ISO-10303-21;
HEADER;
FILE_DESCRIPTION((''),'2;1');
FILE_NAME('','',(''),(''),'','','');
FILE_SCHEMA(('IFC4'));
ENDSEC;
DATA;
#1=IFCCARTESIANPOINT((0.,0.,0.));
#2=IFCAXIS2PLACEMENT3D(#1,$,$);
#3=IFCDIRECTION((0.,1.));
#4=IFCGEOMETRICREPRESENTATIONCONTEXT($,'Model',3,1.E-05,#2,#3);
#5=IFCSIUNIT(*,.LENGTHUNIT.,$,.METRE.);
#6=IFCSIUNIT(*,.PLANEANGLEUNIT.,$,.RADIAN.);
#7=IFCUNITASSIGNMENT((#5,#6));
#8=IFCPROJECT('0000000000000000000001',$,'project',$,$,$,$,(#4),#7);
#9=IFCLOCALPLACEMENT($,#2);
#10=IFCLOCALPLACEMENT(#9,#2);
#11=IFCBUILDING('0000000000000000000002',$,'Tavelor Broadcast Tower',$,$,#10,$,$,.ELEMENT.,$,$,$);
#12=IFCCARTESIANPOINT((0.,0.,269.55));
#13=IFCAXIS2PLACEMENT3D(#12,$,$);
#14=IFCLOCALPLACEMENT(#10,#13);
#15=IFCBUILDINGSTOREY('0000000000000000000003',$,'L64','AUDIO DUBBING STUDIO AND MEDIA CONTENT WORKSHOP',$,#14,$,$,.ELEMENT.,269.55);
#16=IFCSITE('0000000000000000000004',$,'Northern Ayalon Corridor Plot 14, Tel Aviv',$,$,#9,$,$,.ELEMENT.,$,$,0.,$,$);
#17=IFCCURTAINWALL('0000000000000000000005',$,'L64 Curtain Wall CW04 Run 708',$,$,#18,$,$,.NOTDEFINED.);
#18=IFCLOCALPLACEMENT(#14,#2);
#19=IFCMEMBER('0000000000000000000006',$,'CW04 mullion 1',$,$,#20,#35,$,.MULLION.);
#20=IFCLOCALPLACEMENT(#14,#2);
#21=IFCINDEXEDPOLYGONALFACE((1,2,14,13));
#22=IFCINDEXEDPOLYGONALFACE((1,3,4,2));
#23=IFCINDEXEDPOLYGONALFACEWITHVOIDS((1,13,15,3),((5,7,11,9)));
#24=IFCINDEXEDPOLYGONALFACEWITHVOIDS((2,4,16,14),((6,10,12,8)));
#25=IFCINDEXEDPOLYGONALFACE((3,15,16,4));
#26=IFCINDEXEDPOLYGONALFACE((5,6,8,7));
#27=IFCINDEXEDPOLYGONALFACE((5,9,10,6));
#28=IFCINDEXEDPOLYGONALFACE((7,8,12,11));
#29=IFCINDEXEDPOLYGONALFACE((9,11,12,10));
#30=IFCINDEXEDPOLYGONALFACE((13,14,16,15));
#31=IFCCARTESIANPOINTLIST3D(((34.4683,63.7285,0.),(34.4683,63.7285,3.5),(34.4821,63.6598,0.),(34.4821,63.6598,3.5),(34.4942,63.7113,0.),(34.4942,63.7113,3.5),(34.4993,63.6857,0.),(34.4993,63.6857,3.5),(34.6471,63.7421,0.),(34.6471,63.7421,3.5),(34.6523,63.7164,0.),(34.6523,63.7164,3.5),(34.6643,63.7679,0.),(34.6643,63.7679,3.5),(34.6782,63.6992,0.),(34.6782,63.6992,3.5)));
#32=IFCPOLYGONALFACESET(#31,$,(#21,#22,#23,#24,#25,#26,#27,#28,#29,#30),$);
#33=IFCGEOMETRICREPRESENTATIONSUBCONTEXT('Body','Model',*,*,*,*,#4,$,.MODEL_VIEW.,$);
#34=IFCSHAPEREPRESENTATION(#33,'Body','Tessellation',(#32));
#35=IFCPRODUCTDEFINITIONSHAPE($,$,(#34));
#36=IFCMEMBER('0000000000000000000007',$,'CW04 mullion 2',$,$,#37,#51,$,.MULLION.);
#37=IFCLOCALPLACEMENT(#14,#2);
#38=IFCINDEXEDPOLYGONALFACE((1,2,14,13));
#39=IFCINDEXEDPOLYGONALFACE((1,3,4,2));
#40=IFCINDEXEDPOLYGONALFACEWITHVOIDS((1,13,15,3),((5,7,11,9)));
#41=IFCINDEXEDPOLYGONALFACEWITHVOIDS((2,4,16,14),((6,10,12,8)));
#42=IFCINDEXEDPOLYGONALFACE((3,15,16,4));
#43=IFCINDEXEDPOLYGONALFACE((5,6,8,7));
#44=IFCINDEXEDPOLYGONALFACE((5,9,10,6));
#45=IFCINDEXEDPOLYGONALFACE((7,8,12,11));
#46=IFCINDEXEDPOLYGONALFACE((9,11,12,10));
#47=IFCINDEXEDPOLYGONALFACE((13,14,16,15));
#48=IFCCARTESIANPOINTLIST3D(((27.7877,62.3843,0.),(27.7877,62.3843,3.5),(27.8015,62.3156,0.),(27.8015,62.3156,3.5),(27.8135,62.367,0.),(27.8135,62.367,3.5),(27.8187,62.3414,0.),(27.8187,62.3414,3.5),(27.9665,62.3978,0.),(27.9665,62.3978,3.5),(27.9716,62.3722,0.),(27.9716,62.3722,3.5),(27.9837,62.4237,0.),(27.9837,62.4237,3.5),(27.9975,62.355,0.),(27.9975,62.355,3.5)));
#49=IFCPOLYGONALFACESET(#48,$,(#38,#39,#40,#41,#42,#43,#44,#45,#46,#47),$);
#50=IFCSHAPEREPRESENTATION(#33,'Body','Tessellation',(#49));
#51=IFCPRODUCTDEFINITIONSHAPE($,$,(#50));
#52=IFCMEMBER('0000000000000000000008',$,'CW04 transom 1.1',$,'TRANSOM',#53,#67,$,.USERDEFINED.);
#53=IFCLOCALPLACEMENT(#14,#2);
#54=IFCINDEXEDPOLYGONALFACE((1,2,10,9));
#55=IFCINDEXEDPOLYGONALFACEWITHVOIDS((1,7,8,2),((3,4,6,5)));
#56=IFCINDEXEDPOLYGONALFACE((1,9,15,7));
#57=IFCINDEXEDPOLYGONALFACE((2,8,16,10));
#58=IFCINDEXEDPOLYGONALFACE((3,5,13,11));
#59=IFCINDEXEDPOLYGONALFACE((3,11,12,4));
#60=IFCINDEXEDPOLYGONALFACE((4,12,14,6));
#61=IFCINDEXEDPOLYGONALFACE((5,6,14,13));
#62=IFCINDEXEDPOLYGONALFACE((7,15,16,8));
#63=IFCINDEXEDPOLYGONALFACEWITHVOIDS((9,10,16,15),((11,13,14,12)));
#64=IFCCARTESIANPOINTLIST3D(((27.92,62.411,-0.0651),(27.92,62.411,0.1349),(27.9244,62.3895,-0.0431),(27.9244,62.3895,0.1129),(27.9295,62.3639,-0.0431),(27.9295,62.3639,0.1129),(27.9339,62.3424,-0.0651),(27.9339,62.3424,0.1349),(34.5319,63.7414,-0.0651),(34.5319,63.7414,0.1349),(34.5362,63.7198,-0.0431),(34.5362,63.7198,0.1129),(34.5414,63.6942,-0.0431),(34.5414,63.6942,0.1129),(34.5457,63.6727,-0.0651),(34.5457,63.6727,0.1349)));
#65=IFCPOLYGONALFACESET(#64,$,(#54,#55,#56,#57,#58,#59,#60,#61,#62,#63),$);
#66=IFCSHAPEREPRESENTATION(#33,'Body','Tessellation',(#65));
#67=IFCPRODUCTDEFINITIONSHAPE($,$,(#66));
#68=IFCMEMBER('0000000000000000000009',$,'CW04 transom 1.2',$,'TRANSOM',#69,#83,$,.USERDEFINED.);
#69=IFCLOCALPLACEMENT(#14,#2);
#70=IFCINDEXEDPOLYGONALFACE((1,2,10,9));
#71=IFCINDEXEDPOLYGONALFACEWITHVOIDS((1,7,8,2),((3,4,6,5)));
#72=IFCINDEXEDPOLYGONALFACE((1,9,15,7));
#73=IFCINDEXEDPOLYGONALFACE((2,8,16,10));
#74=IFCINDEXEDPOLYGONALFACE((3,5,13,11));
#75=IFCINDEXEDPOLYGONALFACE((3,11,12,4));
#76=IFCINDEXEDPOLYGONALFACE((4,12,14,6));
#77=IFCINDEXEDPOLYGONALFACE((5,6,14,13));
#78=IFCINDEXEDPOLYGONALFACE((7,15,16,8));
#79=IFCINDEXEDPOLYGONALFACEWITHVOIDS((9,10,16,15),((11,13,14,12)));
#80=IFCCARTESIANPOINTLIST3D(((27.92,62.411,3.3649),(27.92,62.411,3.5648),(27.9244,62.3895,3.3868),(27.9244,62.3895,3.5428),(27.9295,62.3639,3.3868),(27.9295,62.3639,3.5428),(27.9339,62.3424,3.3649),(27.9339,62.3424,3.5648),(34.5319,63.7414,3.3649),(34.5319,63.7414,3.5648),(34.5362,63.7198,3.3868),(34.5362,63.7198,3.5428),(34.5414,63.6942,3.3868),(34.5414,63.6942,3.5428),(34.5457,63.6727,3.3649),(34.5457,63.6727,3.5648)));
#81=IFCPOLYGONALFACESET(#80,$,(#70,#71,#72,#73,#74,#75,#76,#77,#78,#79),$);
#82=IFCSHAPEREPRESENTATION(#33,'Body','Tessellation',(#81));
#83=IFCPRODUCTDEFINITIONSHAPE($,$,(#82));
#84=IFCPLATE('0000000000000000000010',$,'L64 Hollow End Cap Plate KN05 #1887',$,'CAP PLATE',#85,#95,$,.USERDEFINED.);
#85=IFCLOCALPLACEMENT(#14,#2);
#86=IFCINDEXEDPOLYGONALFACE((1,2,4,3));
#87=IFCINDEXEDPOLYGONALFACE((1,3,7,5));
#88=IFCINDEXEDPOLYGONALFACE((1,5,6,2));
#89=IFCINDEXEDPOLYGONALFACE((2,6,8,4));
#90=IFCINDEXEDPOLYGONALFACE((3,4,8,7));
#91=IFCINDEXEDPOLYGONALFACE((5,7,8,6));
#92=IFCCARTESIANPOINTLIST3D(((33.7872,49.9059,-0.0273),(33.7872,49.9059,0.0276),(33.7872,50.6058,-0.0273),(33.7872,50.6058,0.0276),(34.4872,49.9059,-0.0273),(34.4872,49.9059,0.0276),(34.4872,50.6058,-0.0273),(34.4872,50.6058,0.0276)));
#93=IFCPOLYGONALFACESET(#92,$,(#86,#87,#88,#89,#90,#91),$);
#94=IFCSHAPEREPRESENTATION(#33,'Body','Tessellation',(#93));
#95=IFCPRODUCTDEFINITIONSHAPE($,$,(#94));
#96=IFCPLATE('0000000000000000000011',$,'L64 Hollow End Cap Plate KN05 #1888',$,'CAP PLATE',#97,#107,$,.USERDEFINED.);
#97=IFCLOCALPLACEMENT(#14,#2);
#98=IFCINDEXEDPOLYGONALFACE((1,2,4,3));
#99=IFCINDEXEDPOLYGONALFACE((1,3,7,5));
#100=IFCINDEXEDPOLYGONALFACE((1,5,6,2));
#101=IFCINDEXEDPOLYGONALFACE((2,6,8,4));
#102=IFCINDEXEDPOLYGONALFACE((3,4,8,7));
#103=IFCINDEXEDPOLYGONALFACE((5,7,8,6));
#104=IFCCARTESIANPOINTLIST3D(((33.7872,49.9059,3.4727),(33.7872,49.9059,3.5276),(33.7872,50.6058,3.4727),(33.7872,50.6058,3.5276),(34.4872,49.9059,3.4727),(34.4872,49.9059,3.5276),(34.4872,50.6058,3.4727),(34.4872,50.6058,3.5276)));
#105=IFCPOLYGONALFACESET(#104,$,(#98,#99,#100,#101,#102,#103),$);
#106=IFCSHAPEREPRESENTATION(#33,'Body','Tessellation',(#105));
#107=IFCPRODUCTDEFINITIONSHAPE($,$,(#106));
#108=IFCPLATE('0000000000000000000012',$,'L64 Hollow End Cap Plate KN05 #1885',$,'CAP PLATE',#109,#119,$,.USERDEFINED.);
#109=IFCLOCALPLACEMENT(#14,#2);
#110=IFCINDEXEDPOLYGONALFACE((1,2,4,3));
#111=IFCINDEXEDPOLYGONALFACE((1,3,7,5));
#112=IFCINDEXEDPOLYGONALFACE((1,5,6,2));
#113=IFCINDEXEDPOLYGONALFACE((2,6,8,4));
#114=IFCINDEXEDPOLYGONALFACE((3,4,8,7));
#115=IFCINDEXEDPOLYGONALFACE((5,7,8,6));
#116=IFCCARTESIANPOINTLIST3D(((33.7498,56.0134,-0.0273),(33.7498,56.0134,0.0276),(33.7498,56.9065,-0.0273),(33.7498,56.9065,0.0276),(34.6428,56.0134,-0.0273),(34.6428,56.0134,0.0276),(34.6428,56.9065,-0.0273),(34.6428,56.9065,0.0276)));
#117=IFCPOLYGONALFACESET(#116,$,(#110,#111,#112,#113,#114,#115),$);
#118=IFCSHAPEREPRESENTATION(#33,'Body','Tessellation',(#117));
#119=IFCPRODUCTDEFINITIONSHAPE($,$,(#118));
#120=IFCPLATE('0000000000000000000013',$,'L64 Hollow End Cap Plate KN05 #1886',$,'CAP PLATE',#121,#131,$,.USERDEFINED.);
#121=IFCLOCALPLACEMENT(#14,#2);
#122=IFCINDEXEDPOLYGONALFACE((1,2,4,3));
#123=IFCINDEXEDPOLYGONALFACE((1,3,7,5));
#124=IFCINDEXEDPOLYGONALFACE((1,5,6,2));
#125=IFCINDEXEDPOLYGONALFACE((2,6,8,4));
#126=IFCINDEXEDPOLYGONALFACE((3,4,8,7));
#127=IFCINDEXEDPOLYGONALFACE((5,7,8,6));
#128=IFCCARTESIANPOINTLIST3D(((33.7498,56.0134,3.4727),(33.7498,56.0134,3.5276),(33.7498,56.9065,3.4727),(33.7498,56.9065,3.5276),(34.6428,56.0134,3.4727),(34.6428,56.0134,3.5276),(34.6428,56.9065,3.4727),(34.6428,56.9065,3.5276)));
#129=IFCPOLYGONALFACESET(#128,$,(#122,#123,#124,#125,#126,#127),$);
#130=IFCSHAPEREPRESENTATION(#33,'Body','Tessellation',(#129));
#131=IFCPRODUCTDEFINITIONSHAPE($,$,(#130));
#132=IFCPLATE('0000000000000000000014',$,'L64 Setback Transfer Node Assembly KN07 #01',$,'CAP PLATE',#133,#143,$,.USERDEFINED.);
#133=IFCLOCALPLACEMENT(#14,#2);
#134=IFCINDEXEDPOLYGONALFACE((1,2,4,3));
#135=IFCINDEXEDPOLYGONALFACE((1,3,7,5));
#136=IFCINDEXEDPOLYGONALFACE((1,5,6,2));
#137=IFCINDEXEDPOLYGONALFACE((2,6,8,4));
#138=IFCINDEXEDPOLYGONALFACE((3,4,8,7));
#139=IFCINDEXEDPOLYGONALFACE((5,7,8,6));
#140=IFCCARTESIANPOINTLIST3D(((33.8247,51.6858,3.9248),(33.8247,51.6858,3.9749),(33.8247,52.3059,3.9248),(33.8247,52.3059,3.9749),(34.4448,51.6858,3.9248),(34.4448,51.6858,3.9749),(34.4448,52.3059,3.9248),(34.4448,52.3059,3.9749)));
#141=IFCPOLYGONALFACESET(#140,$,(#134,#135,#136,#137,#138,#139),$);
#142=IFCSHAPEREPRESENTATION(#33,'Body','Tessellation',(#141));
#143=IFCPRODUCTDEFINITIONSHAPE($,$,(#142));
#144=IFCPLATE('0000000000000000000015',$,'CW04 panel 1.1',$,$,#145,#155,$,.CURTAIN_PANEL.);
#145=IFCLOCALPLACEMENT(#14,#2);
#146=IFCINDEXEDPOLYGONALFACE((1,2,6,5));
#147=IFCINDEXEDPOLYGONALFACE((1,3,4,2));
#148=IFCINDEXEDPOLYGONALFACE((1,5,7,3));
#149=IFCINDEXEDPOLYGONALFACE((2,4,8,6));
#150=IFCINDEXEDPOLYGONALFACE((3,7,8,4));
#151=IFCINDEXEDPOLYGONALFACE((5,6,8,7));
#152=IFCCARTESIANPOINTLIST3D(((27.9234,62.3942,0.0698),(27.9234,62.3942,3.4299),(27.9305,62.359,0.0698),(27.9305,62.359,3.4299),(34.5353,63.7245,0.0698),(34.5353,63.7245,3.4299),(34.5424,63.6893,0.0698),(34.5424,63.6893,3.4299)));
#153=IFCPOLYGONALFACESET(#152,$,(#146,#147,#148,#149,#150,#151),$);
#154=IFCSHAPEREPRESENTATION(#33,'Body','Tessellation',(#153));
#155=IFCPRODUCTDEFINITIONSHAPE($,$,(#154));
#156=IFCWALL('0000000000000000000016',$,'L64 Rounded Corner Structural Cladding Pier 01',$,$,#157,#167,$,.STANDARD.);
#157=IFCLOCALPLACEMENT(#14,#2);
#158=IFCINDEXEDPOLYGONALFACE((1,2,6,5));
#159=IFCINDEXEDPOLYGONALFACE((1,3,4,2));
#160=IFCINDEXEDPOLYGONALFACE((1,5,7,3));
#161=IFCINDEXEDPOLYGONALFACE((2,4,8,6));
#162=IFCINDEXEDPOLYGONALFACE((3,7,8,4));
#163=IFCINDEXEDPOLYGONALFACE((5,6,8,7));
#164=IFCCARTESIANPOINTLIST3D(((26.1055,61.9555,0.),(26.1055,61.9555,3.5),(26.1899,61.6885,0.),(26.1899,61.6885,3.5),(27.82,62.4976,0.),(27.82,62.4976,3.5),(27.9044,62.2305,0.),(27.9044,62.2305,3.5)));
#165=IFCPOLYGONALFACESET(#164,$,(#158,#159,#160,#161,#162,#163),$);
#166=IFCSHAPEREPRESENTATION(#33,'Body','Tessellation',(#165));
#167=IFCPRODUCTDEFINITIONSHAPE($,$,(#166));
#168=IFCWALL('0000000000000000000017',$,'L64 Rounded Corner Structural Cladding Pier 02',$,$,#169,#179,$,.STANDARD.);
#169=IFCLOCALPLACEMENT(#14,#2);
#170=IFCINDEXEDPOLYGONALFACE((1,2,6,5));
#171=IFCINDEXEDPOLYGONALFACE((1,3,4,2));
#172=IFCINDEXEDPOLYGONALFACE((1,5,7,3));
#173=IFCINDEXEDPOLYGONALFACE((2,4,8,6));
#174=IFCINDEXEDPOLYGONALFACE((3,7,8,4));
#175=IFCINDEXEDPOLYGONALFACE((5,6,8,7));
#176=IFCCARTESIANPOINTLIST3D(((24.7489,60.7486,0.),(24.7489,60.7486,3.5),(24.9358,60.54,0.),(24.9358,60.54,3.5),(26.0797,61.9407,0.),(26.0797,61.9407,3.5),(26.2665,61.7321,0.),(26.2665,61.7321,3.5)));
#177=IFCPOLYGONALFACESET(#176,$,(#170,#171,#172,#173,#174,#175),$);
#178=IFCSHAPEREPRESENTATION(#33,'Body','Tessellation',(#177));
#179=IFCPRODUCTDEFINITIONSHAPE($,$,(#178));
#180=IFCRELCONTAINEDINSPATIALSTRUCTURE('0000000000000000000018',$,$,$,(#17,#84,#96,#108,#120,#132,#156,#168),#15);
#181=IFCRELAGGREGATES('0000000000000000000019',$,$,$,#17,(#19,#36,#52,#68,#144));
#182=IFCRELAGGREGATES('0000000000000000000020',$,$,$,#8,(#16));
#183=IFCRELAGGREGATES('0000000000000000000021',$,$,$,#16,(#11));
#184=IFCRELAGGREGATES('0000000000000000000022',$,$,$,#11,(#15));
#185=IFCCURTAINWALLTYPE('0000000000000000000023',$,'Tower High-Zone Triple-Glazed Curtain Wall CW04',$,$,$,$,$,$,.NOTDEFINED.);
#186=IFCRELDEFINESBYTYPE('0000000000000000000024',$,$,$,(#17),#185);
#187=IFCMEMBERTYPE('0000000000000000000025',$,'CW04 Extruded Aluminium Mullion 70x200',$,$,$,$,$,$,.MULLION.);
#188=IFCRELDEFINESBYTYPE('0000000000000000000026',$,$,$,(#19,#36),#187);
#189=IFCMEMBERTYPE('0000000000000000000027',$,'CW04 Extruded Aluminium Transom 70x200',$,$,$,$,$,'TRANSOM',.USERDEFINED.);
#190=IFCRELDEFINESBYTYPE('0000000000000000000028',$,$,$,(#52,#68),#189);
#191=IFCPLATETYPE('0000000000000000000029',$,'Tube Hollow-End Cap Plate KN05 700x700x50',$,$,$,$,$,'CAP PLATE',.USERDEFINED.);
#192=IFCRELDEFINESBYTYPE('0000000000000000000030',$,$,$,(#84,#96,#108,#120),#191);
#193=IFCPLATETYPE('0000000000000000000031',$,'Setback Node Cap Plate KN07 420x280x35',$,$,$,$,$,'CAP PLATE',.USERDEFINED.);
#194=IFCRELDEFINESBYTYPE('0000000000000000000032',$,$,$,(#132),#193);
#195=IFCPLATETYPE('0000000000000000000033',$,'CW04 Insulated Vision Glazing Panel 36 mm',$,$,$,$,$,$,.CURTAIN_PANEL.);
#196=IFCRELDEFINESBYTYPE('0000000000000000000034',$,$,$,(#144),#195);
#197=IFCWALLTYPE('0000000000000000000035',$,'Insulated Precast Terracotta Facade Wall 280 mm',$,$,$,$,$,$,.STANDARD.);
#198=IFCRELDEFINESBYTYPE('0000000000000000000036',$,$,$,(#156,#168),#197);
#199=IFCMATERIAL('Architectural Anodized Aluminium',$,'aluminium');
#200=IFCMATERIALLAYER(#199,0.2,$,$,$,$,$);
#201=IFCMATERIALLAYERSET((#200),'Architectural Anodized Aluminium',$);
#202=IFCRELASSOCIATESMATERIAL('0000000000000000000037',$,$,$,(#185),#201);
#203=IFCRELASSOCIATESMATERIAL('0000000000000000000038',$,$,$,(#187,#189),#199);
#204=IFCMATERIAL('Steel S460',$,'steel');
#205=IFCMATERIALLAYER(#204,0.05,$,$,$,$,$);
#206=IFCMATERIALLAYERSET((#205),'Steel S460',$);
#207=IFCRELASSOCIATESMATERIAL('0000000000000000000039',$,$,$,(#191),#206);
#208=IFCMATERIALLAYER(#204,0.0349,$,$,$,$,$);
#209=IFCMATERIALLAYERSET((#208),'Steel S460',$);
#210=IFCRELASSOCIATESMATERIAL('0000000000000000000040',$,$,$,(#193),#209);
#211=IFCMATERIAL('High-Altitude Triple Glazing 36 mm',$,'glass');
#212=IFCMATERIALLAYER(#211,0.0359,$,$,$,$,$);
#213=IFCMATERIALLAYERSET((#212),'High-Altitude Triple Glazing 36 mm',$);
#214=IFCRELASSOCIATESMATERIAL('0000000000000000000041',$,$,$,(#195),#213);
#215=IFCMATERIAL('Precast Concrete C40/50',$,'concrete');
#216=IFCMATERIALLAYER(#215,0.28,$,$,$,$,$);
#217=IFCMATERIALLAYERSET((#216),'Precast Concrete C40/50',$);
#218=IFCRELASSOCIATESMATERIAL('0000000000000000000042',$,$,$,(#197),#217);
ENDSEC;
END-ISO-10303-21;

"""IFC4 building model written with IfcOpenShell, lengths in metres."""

from ifc_helpers import new_model, si_unit, direction, frame, frame_2d, origin, origin_2d, place, context, subcontext, project, spatial, rectangle, hollow_rectangle, extrude, source, transform, mapped, material, layer, layer_set, material_profile, profile_set, type_object, type_shapes, element, aggregate, save


model = new_model("IFC4")

# Units and contexts
model_context = context("Model", 3, precision=1e-05, world=origin(), true_north=direction((0.0, 1.0)))
body_context = subcontext(model_context, "Body", "Model", "MODEL_VIEW")
ifc_project = project(units=[si_unit("LENGTHUNIT", "METRE"), si_unit("PLANEANGLEUNIT", "RADIAN")], contexts=[model_context])

# Site, building, storey
site_placement = place(None, origin())
site = spatial("IfcSite", under=ifc_project, at=site_placement, Name="Northern Ayalon Corridor Plot 14, Tel Aviv", CompositionType="ELEMENT", RefElevation=0.0)
building_placement = place(site_placement, origin())
building = spatial("IfcBuilding", under=site, at=building_placement, Name="Tavelor Broadcast Tower", CompositionType="ELEMENT")
storey_placement = place(building_placement, frame((0.0, 0.0, 269.55)))
storey = spatial("IfcBuildingStorey", under=building, at=storey_placement, Name="L64", Description="AUDIO DUBBING STUDIO AND MEDIA CONTENT WORKSHOP", CompositionType="ELEMENT", Elevation=269.55)

# Shared definitions
ifc_material_1 = material(Name="Steel S460", Category="steel")

# Curtain wall, members
ifc_material_2 = material(Name="Architectural Anodized Aluminium", Category="aluminium")
ifc_layer_1 = layer(ifc_material_2, 0.2)
ifc_layer_set_1 = layer_set([ifc_layer_1], Name="Architectural Anodized Aluminium")
curtain_wall_type = type_object("IfcCurtainWallType", Name="Tower High-Zone Triple-Glazed Curtain Wall CW04", PredefinedType="NOTDEFINED", material=ifc_layer_set_1)
curtain_wall_placement = place(storey_placement, origin())
curtain_wall = element("IfcCurtainWall", 1, at=curtain_wall_placement, inside=storey, type_object=curtain_wall_type, Name="L64 Curtain Wall CW04 Run 708", PredefinedType="NOTDEFINED")
ifc_material_profile_1 = material_profile(ifc_material_2, hollow_rectangle(XDim=0.0701, YDim=0.2, WallThickness=0.022, at=origin_2d()), Name="RHS 70x200x22")
ifc_profile_set_1 = profile_set([ifc_material_profile_1], Name="Architectural Anodized Aluminium")
member_type_1 = type_object("IfcMemberType", Name="CW04 Extruded Aluminium Mullion 70x200", PredefinedType="MULLION", material=ifc_profile_set_1)
shared_shape_1 = source(origin(), body_context, "Body", "SweptSolid", [
    extrude(hollow_rectangle(XDim=0.0701, YDim=0.2, WallThickness=0.022, at=origin_2d()), origin(), (0.0, 0.0, 1.0), 3.5),
])
type_shapes(member_type_1, [shared_shape_1])
member_1_placement = place(storey_placement, frame((34.5732, 63.7139, 0.0), z_axis=(0.0, 0.0, 1.0), x_axis=(0.197256, -0.980352, 0.0)))
member_1 = element("IfcMember", 2, at=member_1_placement, type_object=member_type_1, Name="CW04 mullion 1", PredefinedType="MULLION", context=body_context, shape_type="MappedRepresentation", body=[
    mapped(shared_shape_1, transform((0.0, 0.0, 0.0), scale=1.0)),
])
member_2_placement = place(storey_placement, frame((27.8926, 62.3696, 0.0), z_axis=(0.0, 0.0, 1.0), x_axis=(0.197256, -0.980352, 0.0)))
member_2 = element("IfcMember", 3, at=member_2_placement, type_object=member_type_1, Name="CW04 mullion 2", PredefinedType="MULLION", context=body_context, shape_type="MappedRepresentation", body=[
    mapped(shared_shape_1, transform((0.0, 0.0, 0.0), scale=1.0)),
])
ifc_material_profile_2 = material_profile(ifc_material_2, hollow_rectangle(XDim=0.0701, YDim=0.2, WallThickness=0.022, at=origin_2d()), Name="RHS 70x200x22")
ifc_profile_set_2 = profile_set([ifc_material_profile_2], Name="Architectural Anodized Aluminium")
member_type_2 = type_object("IfcMemberType", Name="CW04 Extruded Aluminium Transom 70x200", ElementType="TRANSOM", PredefinedType="USERDEFINED", material=ifc_profile_set_2)
shared_shape_2 = source(origin(), body_context, "Body", "SweptSolid", [
    extrude(hollow_rectangle(XDim=0.0701, YDim=0.2, WallThickness=0.022, at=origin_2d()), origin(), (0.0, 0.0, 1.0), 6.7444),
])
type_shapes(member_type_2, [shared_shape_2])
member_3_placement = place(storey_placement, frame((34.5388, 63.707, 0.0349), z_axis=(-0.980353, -0.197251, 0.0), x_axis=(0.197251, -0.980353, 0.0)))
member_3 = element("IfcMember", 4, at=member_3_placement, type_object=member_type_2, Name="CW04 transom 1.1", ObjectType="TRANSOM", PredefinedType="USERDEFINED", context=body_context, shape_type="MappedRepresentation", body=[
    mapped(shared_shape_2, transform((0.0, 0.0, 0.0), scale=1.0)),
])
member_4_placement = place(storey_placement, frame((34.5388, 63.707, 3.4648), z_axis=(-0.980353, -0.197251, 0.0), x_axis=(0.197251, -0.980353, 0.0)))
member_4 = element("IfcMember", 5, at=member_4_placement, type_object=member_type_2, Name="CW04 transom 1.2", ObjectType="TRANSOM", PredefinedType="USERDEFINED", context=body_context, shape_type="MappedRepresentation", body=[
    mapped(shared_shape_2, transform((0.0, 0.0, 0.0), scale=1.0)),
])

# Plates
ifc_layer_2 = layer(ifc_material_1, 0.05)
ifc_layer_set_2 = layer_set([ifc_layer_2], Name="Steel S460")
plate_type_1 = type_object("IfcPlateType", Name="Tube Hollow-End Cap Plate KN05 700x700x50", ElementType="CAP PLATE", PredefinedType="USERDEFINED", material=ifc_layer_set_2)
shared_shape_3 = source(origin(), body_context, "Body", "SweptSolid", [
    extrude(rectangle(XDim=0.7, YDim=0.7, at=origin_2d()), origin(), (0.0, 0.0, 1.0), 0.0549),
])
for number, where, z_axis, x_axis, name in (
    (6, (34.1372, 50.2559, -0.0273), (0.0, 0.0, 1.0), (1.0, 0.0, 0.0), "L64 Hollow End Cap Plate KN05 #1887"),
    (7, (34.1372, 50.2559, 3.4727), (0.0, 0.0, 1.0), (1.0, 0.0, 0.0), "L64 Hollow End Cap Plate KN05 #1888"),
):
    element("IfcPlate", number, at=place(storey_placement, frame(where, z_axis=z_axis, x_axis=x_axis)), inside=storey, type_object=plate_type_1, Name=name, ObjectType="CAP PLATE", PredefinedType="USERDEFINED", context=body_context, shape_type="MappedRepresentation", body=[
        mapped(shared_shape_3, transform((0.0, 0.0, 0.0), scale=1.0)),
    ])
shared_shape_4 = source(origin(), body_context, "Body", "SweptSolid", [
    extrude(rectangle(XDim=0.8931, YDim=0.8931, at=origin_2d()), origin(), (0.0, 0.0, 1.0), 0.0549),
])
type_shapes(plate_type_1, [shared_shape_3, shared_shape_4])
for number, where, z_axis, x_axis, name in (
    (8, (34.1963, 56.46, -0.0273), (0.0, 0.0, 1.0), (1.0, 0.0, 0.0), "L64 Hollow End Cap Plate KN05 #1885"),
    (9, (34.1963, 56.46, 3.4727), (0.0, 0.0, 1.0), (1.0, 0.0, 0.0), "L64 Hollow End Cap Plate KN05 #1886"),
):
    element("IfcPlate", number, at=place(storey_placement, frame(where, z_axis=z_axis, x_axis=x_axis)), inside=storey, type_object=plate_type_1, Name=name, ObjectType="CAP PLATE", PredefinedType="USERDEFINED", context=body_context, shape_type="MappedRepresentation", body=[
        mapped(shared_shape_4, transform((0.0, 0.0, 0.0), scale=1.0)),
    ])
ifc_layer_3 = layer(ifc_material_1, 0.0349)
ifc_layer_set_3 = layer_set([ifc_layer_3], Name="Steel S460")
plate_type_2 = type_object("IfcPlateType", Name="Setback Node Cap Plate KN07 420x280x35", ElementType="CAP PLATE", PredefinedType="USERDEFINED", material=ifc_layer_set_3)
shared_shape_5 = source(origin(), body_context, "Body", "SweptSolid", [
    extrude(rectangle(XDim=0.6201, YDim=0.6201, at=origin_2d()), origin(), (0.0, 0.0, 1.0), 0.05),
])
type_shapes(plate_type_2, [shared_shape_5])
plate_1_placement = place(storey_placement, frame((34.1348, 51.9958, 3.9248), z_axis=(0.0, 0.0, 1.0), x_axis=(1.0, 0.0, 0.0)))
element("IfcPlate", 10, at=plate_1_placement, inside=storey, type_object=plate_type_2, Name="L64 Setback Transfer Node Assembly KN07 #01", ObjectType="CAP PLATE", PredefinedType="USERDEFINED", context=body_context, shape_type="MappedRepresentation", body=[
    mapped(shared_shape_5, transform((0.0, 0.0, 0.0), scale=1.0)),
])

# Plate
ifc_material_3 = material(Name="High-Altitude Triple Glazing 36 mm", Category="glass")
ifc_layer_4 = layer(ifc_material_3, 0.0359)
ifc_layer_set_4 = layer_set([ifc_layer_4], Name="High-Altitude Triple Glazing 36 mm")
plate_type_3 = type_object("IfcPlateType", Name="CW04 Insulated Vision Glazing Panel 36 mm", PredefinedType="CURTAIN_PANEL", material=ifc_layer_set_4)
shared_shape_6 = source(origin(), body_context, "Body", "SweptSolid", [
    extrude(rectangle(XDim=6.7444, YDim=0.0359, at=origin_2d()), origin(), (0.0, 0.0, 1.0), 3.3601),
])
type_shapes(plate_type_3, [shared_shape_6])
plate_2_placement = place(storey_placement, frame((31.2329, 63.0417, 0.0698), z_axis=(0.0, 0.0, 1.0), x_axis=(-0.980352, -0.197256, 0.0)))
plate_2 = element("IfcPlate", 11, at=plate_2_placement, type_object=plate_type_3, Name="CW04 panel 1.1", PredefinedType="CURTAIN_PANEL", context=body_context, shape_type="MappedRepresentation", body=[
    mapped(shared_shape_6, transform((0.0, 0.0, 0.0), scale=1.0)),
])
aggregate(curtain_wall, [member_1, member_2, member_3, member_4, plate_2])

# Walls
ifc_material_4 = material(Name="Precast Concrete C40/50", Category="concrete")
ifc_layer_5 = layer(ifc_material_4, 0.28)
ifc_layer_set_5 = layer_set([ifc_layer_5], Name="Precast Concrete C40/50")
wall_type = type_object("IfcWallType", Name="Insulated Precast Terracotta Facade Wall 280 mm", PredefinedType="STANDARD", material=ifc_layer_set_5)
wall_1_placement = place(storey_placement, frame((27.8621, 62.364, 0.0), z_axis=(0.0, 0.0, 1.0), x_axis=(-0.953484, -0.301443, 0.0)))
element("IfcWall", 12, at=wall_1_placement, inside=storey, type_object=wall_type, Name="L64 Rounded Corner Structural Cladding Pier 01", PredefinedType="STANDARD", context=body_context, shape_type="SweptSolid", body=[
    extrude(rectangle(XDim=1.7981, YDim=0.28, at=frame_2d((0.8989, 0.0))), origin(), (0.0, 0.0, 1.0), 3.5),
])
for number, where, z_axis, x_axis, name in (
    (13, (26.1731, 61.8364, 0.0), (0.0, 0.0, 1.0), (-0.744848, -0.667234, 0.0), "L64 Rounded Corner Structural Cladding Pier 02"),
):
    element("IfcWall", number, at=place(storey_placement, frame(where, z_axis=z_axis, x_axis=x_axis)), inside=storey, type_object=wall_type, Name=name, PredefinedType="STANDARD", context=body_context, shape_type="SweptSolid", body=[
        extrude(rectangle(XDim=1.7866, YDim=0.28, at=frame_2d((0.8933, 0.0))), origin(), (0.0, 0.0, 1.0), 3.5),
    ])

save(model, "model.ifc")
